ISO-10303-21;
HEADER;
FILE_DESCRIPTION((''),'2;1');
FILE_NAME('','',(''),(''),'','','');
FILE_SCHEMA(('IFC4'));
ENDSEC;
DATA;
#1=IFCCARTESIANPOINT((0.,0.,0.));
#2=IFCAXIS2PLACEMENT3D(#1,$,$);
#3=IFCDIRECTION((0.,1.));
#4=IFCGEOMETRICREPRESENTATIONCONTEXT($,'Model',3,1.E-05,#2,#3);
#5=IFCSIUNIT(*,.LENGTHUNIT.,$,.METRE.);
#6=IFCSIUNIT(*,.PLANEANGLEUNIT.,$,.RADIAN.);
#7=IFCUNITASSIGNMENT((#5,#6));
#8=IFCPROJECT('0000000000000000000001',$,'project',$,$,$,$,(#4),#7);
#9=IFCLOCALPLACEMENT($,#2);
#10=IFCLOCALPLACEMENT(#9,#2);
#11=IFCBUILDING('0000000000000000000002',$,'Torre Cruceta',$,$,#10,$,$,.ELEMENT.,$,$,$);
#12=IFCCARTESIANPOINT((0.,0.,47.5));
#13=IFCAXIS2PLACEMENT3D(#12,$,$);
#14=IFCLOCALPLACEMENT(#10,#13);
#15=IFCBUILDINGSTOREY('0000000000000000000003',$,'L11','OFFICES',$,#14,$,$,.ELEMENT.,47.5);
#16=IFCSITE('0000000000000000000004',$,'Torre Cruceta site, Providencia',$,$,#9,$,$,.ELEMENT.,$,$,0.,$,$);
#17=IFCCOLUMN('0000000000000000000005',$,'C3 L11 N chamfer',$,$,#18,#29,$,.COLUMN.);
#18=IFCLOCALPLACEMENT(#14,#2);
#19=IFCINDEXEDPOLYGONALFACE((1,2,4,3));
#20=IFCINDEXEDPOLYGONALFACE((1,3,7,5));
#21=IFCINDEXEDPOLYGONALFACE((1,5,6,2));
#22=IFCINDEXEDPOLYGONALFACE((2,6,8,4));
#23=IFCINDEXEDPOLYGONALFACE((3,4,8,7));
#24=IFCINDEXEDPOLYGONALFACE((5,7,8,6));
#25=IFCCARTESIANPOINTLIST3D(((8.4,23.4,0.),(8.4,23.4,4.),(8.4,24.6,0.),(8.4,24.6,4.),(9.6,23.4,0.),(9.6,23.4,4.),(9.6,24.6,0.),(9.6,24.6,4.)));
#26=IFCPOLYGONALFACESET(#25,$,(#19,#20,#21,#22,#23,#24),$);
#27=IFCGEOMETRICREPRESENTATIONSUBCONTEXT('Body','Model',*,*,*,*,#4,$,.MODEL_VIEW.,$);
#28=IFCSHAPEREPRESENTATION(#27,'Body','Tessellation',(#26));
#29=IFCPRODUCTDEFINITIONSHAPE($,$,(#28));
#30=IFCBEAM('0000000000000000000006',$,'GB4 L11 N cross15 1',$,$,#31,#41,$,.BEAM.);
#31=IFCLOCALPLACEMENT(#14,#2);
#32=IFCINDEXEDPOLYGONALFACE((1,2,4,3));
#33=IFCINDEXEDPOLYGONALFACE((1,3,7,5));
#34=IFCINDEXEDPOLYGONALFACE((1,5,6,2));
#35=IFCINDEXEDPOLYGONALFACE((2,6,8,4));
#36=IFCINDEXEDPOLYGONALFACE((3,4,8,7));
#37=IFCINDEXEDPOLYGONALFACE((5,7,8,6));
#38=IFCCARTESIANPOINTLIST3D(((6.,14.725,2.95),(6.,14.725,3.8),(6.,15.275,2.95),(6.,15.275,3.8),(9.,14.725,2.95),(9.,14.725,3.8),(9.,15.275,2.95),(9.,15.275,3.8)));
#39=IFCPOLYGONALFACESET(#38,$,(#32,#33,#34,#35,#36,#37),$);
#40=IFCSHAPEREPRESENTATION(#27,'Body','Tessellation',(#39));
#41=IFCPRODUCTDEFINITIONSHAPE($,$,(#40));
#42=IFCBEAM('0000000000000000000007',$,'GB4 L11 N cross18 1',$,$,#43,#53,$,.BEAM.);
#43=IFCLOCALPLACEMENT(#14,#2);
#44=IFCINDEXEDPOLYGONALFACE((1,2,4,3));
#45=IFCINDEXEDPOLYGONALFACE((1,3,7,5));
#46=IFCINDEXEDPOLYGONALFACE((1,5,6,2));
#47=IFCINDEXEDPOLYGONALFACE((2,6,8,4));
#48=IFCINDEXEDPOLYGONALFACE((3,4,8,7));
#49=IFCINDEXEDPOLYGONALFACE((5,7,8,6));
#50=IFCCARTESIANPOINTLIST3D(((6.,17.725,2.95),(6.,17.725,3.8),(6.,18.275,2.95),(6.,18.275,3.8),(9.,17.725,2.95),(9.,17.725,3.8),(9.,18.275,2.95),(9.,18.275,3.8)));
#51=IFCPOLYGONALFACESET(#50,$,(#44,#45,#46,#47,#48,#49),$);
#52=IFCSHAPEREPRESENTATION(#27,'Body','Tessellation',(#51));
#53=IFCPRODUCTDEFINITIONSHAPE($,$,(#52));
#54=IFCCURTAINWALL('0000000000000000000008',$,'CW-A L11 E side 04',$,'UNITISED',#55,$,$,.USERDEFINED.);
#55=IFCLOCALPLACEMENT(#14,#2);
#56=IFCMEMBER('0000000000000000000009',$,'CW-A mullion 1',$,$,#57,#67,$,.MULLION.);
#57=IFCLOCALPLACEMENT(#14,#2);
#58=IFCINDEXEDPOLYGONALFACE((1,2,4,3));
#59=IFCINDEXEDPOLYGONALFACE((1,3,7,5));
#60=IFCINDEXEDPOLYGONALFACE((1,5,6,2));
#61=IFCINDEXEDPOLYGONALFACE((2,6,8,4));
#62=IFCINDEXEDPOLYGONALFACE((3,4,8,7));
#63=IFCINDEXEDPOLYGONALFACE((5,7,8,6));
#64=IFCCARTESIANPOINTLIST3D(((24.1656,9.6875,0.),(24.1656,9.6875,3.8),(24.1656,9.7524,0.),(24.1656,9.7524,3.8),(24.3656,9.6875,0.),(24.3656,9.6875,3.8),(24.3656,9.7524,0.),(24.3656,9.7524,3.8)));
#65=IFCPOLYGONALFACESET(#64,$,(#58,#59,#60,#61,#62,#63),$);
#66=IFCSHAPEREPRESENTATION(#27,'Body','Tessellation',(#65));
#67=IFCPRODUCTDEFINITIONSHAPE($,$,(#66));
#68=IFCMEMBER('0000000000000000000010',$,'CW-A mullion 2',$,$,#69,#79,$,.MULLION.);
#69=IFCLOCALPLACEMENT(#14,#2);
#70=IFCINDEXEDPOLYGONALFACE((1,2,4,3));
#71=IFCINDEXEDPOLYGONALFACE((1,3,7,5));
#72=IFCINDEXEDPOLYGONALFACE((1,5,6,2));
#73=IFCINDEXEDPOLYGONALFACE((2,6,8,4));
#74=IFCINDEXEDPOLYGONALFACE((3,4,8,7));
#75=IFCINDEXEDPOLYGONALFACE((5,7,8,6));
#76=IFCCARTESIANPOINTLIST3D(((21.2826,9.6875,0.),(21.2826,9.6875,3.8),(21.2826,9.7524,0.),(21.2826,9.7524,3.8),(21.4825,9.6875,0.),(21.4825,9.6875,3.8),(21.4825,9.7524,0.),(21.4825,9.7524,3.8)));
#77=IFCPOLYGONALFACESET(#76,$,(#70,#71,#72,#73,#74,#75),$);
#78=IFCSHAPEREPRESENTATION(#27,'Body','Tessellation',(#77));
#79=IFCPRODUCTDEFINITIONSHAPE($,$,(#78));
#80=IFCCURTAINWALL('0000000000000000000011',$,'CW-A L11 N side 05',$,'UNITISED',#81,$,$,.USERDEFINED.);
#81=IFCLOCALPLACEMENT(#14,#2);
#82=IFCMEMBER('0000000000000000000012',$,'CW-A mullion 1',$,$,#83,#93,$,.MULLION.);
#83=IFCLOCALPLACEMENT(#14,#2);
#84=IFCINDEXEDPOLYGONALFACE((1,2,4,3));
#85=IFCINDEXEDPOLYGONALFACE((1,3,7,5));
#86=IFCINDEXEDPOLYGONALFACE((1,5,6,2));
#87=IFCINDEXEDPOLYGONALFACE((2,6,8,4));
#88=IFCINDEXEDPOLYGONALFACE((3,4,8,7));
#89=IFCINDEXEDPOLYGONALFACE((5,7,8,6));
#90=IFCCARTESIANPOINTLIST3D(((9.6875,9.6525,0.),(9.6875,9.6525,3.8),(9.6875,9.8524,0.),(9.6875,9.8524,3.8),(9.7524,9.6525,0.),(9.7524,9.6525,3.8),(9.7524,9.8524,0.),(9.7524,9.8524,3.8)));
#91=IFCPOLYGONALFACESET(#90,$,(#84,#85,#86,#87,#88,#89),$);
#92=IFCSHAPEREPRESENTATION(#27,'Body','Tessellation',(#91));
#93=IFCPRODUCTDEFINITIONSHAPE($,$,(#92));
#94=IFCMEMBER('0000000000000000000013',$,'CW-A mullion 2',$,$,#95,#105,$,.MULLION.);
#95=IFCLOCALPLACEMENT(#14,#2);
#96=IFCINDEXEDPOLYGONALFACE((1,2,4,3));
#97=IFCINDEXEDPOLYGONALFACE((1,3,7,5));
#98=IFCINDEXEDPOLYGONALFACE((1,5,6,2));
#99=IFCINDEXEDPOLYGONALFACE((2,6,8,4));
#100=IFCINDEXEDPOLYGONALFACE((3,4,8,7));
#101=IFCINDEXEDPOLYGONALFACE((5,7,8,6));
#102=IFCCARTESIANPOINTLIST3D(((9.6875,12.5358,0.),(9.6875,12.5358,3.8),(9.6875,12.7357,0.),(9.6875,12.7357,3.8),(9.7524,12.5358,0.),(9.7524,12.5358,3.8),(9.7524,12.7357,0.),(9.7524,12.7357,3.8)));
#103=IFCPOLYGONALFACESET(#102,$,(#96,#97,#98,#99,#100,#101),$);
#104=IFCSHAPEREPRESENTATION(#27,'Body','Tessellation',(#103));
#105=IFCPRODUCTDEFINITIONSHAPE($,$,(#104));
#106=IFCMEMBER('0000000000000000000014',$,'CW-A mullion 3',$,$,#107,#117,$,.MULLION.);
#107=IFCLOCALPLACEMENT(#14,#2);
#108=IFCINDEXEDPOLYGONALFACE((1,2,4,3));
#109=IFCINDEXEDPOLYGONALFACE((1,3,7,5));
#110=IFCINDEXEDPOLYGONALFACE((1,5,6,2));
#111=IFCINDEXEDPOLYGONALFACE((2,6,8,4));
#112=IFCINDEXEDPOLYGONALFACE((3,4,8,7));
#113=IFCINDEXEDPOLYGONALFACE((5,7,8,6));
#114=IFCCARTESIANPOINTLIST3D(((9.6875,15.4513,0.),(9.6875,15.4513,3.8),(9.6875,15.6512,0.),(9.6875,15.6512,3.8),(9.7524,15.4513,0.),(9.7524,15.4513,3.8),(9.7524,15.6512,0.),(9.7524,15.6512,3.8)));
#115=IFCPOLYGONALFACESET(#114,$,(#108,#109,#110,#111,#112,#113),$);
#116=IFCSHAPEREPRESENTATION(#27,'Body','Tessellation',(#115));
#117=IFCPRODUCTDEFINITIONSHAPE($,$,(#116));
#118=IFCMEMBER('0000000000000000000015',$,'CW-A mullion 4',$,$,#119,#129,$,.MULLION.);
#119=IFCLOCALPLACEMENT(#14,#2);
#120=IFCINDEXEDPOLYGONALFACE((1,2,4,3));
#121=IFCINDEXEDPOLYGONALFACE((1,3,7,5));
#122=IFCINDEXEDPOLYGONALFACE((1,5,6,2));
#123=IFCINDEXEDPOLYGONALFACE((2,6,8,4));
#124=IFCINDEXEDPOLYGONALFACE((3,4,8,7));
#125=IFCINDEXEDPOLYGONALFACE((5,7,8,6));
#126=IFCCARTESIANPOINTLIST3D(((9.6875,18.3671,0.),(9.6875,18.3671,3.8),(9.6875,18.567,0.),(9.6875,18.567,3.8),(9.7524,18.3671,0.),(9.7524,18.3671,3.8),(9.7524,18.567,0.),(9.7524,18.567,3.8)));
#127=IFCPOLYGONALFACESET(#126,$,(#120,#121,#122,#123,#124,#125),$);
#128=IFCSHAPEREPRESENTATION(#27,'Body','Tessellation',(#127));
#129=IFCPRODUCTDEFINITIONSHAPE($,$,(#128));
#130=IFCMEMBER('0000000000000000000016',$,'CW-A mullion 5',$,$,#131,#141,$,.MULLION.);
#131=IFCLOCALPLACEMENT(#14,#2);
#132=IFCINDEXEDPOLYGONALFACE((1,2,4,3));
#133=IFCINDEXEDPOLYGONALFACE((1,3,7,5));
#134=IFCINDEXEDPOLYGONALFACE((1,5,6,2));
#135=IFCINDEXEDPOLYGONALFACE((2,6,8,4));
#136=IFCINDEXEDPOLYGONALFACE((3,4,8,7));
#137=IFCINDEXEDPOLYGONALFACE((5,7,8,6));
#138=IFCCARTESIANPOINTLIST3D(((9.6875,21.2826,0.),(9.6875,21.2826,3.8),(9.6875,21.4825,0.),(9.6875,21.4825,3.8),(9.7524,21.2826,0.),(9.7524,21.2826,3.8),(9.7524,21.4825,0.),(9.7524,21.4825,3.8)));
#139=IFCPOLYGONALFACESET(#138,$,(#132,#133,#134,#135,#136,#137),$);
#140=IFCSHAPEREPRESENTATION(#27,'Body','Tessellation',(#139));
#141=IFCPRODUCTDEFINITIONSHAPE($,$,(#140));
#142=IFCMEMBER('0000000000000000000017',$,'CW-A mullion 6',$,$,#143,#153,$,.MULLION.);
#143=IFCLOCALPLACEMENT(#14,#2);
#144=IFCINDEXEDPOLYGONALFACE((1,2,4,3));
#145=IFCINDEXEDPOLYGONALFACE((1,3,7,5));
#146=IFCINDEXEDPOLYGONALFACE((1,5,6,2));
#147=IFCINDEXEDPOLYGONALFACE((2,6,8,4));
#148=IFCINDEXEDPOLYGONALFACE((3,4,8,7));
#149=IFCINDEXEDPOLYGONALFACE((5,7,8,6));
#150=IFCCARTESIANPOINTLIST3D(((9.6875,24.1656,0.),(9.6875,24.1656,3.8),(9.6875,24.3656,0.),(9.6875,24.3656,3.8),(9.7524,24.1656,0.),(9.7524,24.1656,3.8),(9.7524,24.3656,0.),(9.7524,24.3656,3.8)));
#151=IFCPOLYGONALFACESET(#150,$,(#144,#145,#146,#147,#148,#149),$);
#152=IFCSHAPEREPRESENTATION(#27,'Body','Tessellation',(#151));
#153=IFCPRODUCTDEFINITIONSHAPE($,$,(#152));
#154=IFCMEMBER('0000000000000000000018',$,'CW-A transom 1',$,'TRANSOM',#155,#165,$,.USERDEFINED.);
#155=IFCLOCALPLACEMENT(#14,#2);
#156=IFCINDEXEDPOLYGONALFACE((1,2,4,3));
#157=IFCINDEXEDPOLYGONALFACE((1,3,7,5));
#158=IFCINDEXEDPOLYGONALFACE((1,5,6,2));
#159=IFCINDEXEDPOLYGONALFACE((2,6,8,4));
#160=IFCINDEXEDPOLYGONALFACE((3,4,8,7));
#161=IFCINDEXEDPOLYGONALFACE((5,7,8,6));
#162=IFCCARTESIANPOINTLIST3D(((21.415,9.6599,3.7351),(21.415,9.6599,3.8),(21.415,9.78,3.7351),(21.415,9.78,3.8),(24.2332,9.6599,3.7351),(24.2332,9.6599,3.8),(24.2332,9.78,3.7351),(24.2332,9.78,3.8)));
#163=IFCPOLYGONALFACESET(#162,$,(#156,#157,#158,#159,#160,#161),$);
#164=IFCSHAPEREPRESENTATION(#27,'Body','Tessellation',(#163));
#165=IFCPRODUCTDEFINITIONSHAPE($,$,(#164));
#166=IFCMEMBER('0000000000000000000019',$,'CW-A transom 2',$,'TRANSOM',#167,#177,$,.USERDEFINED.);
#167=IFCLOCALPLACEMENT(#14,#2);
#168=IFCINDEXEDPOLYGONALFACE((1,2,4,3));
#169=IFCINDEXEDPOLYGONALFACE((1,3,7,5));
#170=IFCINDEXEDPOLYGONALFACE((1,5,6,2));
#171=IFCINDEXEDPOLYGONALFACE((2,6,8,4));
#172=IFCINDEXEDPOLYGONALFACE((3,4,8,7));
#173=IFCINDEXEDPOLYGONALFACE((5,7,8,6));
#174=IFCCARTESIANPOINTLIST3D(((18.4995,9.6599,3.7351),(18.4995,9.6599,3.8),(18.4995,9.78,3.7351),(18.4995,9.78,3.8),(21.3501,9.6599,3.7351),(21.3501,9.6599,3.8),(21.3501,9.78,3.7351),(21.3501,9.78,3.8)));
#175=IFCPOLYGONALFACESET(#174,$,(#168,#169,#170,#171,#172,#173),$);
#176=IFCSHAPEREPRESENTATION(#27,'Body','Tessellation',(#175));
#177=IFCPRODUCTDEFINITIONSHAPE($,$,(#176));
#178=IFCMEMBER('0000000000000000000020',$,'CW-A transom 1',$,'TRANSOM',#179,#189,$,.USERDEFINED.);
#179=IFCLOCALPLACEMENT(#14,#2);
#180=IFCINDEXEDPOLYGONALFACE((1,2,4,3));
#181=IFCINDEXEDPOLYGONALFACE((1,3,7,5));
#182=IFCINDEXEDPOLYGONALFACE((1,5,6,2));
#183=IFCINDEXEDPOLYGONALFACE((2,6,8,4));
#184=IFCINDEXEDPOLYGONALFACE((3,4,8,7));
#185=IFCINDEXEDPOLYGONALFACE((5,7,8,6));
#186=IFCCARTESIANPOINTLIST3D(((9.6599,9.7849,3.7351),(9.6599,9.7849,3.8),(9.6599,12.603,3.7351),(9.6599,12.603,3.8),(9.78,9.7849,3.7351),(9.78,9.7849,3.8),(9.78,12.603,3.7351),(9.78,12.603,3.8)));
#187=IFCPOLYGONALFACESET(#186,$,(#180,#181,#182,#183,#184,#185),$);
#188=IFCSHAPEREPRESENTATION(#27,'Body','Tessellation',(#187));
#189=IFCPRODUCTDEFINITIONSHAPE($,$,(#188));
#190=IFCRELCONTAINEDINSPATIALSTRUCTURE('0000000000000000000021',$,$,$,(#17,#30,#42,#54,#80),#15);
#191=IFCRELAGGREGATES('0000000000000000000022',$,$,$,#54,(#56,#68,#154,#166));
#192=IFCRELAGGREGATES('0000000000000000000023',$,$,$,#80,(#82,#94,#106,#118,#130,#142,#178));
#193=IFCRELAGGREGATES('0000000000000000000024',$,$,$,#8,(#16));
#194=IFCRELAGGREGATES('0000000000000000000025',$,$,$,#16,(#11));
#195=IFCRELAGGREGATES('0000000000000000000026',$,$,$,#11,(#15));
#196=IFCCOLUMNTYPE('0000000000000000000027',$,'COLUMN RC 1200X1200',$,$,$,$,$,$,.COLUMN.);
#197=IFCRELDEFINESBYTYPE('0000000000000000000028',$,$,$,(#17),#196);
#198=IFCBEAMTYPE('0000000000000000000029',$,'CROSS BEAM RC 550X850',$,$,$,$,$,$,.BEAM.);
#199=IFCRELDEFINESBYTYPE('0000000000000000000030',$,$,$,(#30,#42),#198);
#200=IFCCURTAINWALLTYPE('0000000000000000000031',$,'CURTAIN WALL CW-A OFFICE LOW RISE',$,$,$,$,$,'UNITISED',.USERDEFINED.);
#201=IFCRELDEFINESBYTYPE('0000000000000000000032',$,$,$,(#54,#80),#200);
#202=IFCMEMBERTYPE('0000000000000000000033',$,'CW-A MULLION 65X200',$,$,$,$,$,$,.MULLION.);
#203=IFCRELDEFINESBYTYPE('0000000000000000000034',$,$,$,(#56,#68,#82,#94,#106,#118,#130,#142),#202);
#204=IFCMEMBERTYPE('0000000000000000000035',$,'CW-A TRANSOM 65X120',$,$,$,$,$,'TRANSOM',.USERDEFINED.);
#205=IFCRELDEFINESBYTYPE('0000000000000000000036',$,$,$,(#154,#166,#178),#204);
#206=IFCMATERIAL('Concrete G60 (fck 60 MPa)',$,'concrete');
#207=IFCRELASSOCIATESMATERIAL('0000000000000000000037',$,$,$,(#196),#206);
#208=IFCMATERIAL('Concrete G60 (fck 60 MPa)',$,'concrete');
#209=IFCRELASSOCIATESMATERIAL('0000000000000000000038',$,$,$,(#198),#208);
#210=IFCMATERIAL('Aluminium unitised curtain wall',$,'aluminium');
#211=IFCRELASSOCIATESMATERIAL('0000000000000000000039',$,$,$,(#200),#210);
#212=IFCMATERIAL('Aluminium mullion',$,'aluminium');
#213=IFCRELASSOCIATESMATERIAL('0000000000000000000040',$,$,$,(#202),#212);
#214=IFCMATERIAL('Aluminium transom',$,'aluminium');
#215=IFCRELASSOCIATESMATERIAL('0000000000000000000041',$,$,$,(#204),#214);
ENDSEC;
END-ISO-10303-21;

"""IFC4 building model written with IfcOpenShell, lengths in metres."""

from ifc_helpers import new_model, si_unit, direction, frame, origin, origin_2d, place, context, subcontext, project, spatial, rectangle, extrude, material, material_profile, profile_set, type_object, element, aggregate, save


model = new_model("IFC4")

# Units and contexts
model_context = context("Model", 3, precision=1e-05, world=origin(), true_north=direction((0.0, 1.0)))
body_context = subcontext(model_context, "Body", "Model", "MODEL_VIEW")
ifc_project = project(units=[si_unit("LENGTHUNIT", "METRE"), si_unit("PLANEANGLEUNIT", "RADIAN")], contexts=[model_context])

# Site, building, storey
site_placement = place(None, origin())
site = spatial("IfcSite", under=ifc_project, at=site_placement, Name="Torre Cruceta site, Providencia", CompositionType="ELEMENT", RefElevation=0.0)
building_placement = place(site_placement, origin())
building = spatial("IfcBuilding", under=site, at=building_placement, Name="Torre Cruceta", CompositionType="ELEMENT")
storey_placement = place(building_placement, frame((0.0, 0.0, 47.5)))
storey = spatial("IfcBuildingStorey", under=building, at=storey_placement, Name="L11", Description="OFFICES", CompositionType="ELEMENT", Elevation=47.5)

# Column
ifc_material_1 = material(Name="Concrete G60 (fck 60 MPa)", Category="concrete")
ifc_material_profile_1 = material_profile(ifc_material_1, rectangle(XDim=1.2, YDim=1.2, at=origin_2d()), Name="RC 1200X1200")
ifc_profile_set_1 = profile_set([ifc_material_profile_1], Name="Concrete G60 (fck 60 MPa)")
column_type = type_object("IfcColumnType", Name="COLUMN RC 1200X1200", PredefinedType="COLUMN", material=ifc_profile_set_1)
column_placement = place(storey_placement, frame((9.0, 24.0, 0.0), z_axis=(0.0, 0.0, 1.0), x_axis=(1.0, 0.0, 0.0)))
element("IfcColumn", 1, at=column_placement, inside=storey, type_object=column_type, Name="C3 L11 N chamfer", PredefinedType="COLUMN", context=body_context, shape_type="SweptSolid", body=[
    extrude(rectangle(XDim=1.2, YDim=1.2, at=origin_2d()), origin(), (0.0, 0.0, 1.0), 4.0),
])

# Beams
ifc_material_2 = material(Name="Concrete G60 (fck 60 MPa)", Category="concrete")
ifc_material_profile_2 = material_profile(ifc_material_2, rectangle(XDim=0.55, YDim=0.8501, at=origin_2d()), Name="RC 550X850")
ifc_profile_set_2 = profile_set([ifc_material_profile_2], Name="Concrete G60 (fck 60 MPa)")
beam_type_1 = type_object("IfcBeamType", Name="CROSS BEAM RC 550X850", PredefinedType="BEAM", material=ifc_profile_set_2)
for number, where, z_axis, x_axis, name in (
    (2, (9.0, 15.0, 3.375), (-1.0, 0.0, 0.0), (0.0, -1.0, 0.0), "GB4 L11 N cross15 1"),
    (3, (9.0, 18.0, 3.375), (-1.0, 0.0, 0.0), (0.0, -1.0, 0.0), "GB4 L11 N cross18 1"),
):
    element("IfcBeam", number, at=place(storey_placement, frame(where, z_axis=z_axis, x_axis=x_axis)), inside=storey, type_object=beam_type_1, Name=name, PredefinedType="BEAM", context=body_context, shape_type="SweptSolid", body=[
        extrude(rectangle(XDim=0.55, YDim=0.8501, at=origin_2d()), origin(), (0.0, 0.0, 1.0), 3.0),
    ])

# Curtain walls, members
ifc_material_3 = material(Name="Aluminium unitised curtain wall", Category="aluminium")
curtain_wall_type = type_object("IfcCurtainWallType", Name="CURTAIN WALL CW-A OFFICE LOW RISE", ElementType="UNITISED", PredefinedType="USERDEFINED", material=ifc_material_3)
curtain_wall_1_placement = place(storey_placement, origin())
curtain_wall_1 = element("IfcCurtainWall", 4, at=curtain_wall_1_placement, inside=storey, type_object=curtain_wall_type, Name="CW-A L11 E side 04", ObjectType="UNITISED", PredefinedType="USERDEFINED")
ifc_material_4 = material(Name="Aluminium mullion", Category="aluminium")
ifc_material_profile_3 = material_profile(ifc_material_4, rectangle(XDim=0.0649, YDim=0.2, at=origin_2d()), Name="AL 65X200")
ifc_profile_set_3 = profile_set([ifc_material_profile_3], Name="Aluminium mullion")
member_type_1 = type_object("IfcMemberType", Name="CW-A MULLION 65X200", PredefinedType="MULLION", material=ifc_profile_set_3)
member_1_placement = place(storey_placement, frame((24.2656, 9.72, 0.0), z_axis=(0.0, 0.0, 1.0), x_axis=(0.0, -1.0, 0.0)))
member_1 = element("IfcMember", 5, at=member_1_placement, type_object=member_type_1, Name="CW-A mullion 1", PredefinedType="MULLION", context=body_context, shape_type="SweptSolid", body=[
    extrude(rectangle(XDim=0.0649, YDim=0.2, at=origin_2d()), origin(), (0.0, 0.0, 1.0), 3.8),
])
member_2_placement = place(storey_placement, frame((21.3826, 9.72, 0.0), z_axis=(0.0, 0.0, 1.0), x_axis=(0.0, -1.0, 0.0)))
member_2 = element("IfcMember", 6, at=member_2_placement, type_object=member_type_1, Name="CW-A mullion 2", PredefinedType="MULLION", context=body_context, shape_type="SweptSolid", body=[
    extrude(rectangle(XDim=0.0649, YDim=0.2, at=origin_2d()), origin(), (0.0, 0.0, 1.0), 3.8),
])
curtain_wall_2_placement = place(storey_placement, origin())
curtain_wall_2 = element("IfcCurtainWall", 7, at=curtain_wall_2_placement, inside=storey, type_object=curtain_wall_type, Name="CW-A L11 N side 05", ObjectType="UNITISED", PredefinedType="USERDEFINED")
member_3_placement = place(storey_placement, frame((9.72, 9.7524, 0.0), z_axis=(0.0, 0.0, 1.0), x_axis=(-1.0, 0.0, 0.0)))
member_3 = element("IfcMember", 8, at=member_3_placement, type_object=member_type_1, Name="CW-A mullion 1", PredefinedType="MULLION", context=body_context, shape_type="SweptSolid", body=[
    extrude(rectangle(XDim=0.0649, YDim=0.2, at=origin_2d()), origin(), (0.0, 0.0, 1.0), 3.8),
])
member_4_placement = place(storey_placement, frame((9.72, 12.6357, 0.0), z_axis=(0.0, 0.0, 1.0), x_axis=(-1.0, 0.0, 0.0)))
member_4 = element("IfcMember", 9, at=member_4_placement, type_object=member_type_1, Name="CW-A mullion 2", PredefinedType="MULLION", context=body_context, shape_type="SweptSolid", body=[
    extrude(rectangle(XDim=0.0649, YDim=0.2, at=origin_2d()), origin(), (0.0, 0.0, 1.0), 3.8),
])
member_5_placement = place(storey_placement, frame((9.72, 15.5513, 0.0), z_axis=(0.0, 0.0, 1.0), x_axis=(-1.0, 0.0, 0.0)))
member_5 = element("IfcMember", 10, at=member_5_placement, type_object=member_type_1, Name="CW-A mullion 3", PredefinedType="MULLION", context=body_context, shape_type="SweptSolid", body=[
    extrude(rectangle(XDim=0.0649, YDim=0.2, at=origin_2d()), origin(), (0.0, 0.0, 1.0), 3.8),
])
member_6_placement = place(storey_placement, frame((9.72, 18.467, 0.0), z_axis=(0.0, 0.0, 1.0), x_axis=(-1.0, 0.0, 0.0)))
member_6 = element("IfcMember", 11, at=member_6_placement, type_object=member_type_1, Name="CW-A mullion 4", PredefinedType="MULLION", context=body_context, shape_type="SweptSolid", body=[
    extrude(rectangle(XDim=0.0649, YDim=0.2, at=origin_2d()), origin(), (0.0, 0.0, 1.0), 3.8),
])
member_7_placement = place(storey_placement, frame((9.72, 21.3826, 0.0), z_axis=(0.0, 0.0, 1.0), x_axis=(-1.0, 0.0, 0.0)))
member_7 = element("IfcMember", 12, at=member_7_placement, type_object=member_type_1, Name="CW-A mullion 5", PredefinedType="MULLION", context=body_context, shape_type="SweptSolid", body=[
    extrude(rectangle(XDim=0.0649, YDim=0.2, at=origin_2d()), origin(), (0.0, 0.0, 1.0), 3.8),
])
member_8_placement = place(storey_placement, frame((9.72, 24.2656, 0.0), z_axis=(0.0, 0.0, 1.0), x_axis=(-1.0, 0.0, 0.0)))
member_8 = element("IfcMember", 13, at=member_8_placement, type_object=member_type_1, Name="CW-A mullion 6", PredefinedType="MULLION", context=body_context, shape_type="SweptSolid", body=[
    extrude(rectangle(XDim=0.0649, YDim=0.2, at=origin_2d()), origin(), (0.0, 0.0, 1.0), 3.8),
])

# Members
ifc_material_5 = material(Name="Aluminium transom", Category="aluminium")
ifc_material_profile_4 = material_profile(ifc_material_5, rectangle(XDim=0.1201, YDim=0.0649, at=origin_2d()), Name="AL 120X65")
ifc_profile_set_4 = profile_set([ifc_material_profile_4], Name="Aluminium transom")
member_type_2 = type_object("IfcMemberType", Name="CW-A TRANSOM 65X120", ElementType="TRANSOM", PredefinedType="USERDEFINED", material=ifc_profile_set_4)
member_9_placement = place(storey_placement, frame((24.2332, 9.72, 3.7676), z_axis=(-1.0, 0.0, 0.0), x_axis=(0.0, -1.0, 0.0)))
member_9 = element("IfcMember", 14, at=member_9_placement, type_object=member_type_2, Name="CW-A transom 1", ObjectType="TRANSOM", PredefinedType="USERDEFINED", context=body_context, shape_type="SweptSolid", body=[
    extrude(rectangle(XDim=0.1201, YDim=0.0649, at=origin_2d()), origin(), (0.0, 0.0, 1.0), 2.8181),
])
member_10_placement = place(storey_placement, frame((21.3501, 9.72, 3.7676), z_axis=(-1.0, 0.0, 0.0), x_axis=(0.0, -1.0, 0.0)))
member_10 = element("IfcMember", 15, at=member_10_placement, type_object=member_type_2, Name="CW-A transom 2", ObjectType="TRANSOM", PredefinedType="USERDEFINED", context=body_context, shape_type="SweptSolid", body=[
    extrude(rectangle(XDim=0.1201, YDim=0.0649, at=origin_2d()), origin(), (0.0, 0.0, 1.0), 2.8506),
])
member_11_placement = place(storey_placement, frame((9.72, 9.7849, 3.7676), z_axis=(0.0, 1.0, 0.0), x_axis=(-1.0, 0.0, 0.0)))
member_11 = element("IfcMember", 16, at=member_11_placement, type_object=member_type_2, Name="CW-A transom 1", ObjectType="TRANSOM", PredefinedType="USERDEFINED", context=body_context, shape_type="SweptSolid", body=[
    extrude(rectangle(XDim=0.1201, YDim=0.0649, at=origin_2d()), origin(), (0.0, 0.0, 1.0), 2.8181),
])

aggregate(curtain_wall_1, [member_1, member_2, member_9, member_10])
aggregate(curtain_wall_2, [member_3, member_4, member_5, member_6, member_7, member_8, member_11])

save(model, "model.ifc")
